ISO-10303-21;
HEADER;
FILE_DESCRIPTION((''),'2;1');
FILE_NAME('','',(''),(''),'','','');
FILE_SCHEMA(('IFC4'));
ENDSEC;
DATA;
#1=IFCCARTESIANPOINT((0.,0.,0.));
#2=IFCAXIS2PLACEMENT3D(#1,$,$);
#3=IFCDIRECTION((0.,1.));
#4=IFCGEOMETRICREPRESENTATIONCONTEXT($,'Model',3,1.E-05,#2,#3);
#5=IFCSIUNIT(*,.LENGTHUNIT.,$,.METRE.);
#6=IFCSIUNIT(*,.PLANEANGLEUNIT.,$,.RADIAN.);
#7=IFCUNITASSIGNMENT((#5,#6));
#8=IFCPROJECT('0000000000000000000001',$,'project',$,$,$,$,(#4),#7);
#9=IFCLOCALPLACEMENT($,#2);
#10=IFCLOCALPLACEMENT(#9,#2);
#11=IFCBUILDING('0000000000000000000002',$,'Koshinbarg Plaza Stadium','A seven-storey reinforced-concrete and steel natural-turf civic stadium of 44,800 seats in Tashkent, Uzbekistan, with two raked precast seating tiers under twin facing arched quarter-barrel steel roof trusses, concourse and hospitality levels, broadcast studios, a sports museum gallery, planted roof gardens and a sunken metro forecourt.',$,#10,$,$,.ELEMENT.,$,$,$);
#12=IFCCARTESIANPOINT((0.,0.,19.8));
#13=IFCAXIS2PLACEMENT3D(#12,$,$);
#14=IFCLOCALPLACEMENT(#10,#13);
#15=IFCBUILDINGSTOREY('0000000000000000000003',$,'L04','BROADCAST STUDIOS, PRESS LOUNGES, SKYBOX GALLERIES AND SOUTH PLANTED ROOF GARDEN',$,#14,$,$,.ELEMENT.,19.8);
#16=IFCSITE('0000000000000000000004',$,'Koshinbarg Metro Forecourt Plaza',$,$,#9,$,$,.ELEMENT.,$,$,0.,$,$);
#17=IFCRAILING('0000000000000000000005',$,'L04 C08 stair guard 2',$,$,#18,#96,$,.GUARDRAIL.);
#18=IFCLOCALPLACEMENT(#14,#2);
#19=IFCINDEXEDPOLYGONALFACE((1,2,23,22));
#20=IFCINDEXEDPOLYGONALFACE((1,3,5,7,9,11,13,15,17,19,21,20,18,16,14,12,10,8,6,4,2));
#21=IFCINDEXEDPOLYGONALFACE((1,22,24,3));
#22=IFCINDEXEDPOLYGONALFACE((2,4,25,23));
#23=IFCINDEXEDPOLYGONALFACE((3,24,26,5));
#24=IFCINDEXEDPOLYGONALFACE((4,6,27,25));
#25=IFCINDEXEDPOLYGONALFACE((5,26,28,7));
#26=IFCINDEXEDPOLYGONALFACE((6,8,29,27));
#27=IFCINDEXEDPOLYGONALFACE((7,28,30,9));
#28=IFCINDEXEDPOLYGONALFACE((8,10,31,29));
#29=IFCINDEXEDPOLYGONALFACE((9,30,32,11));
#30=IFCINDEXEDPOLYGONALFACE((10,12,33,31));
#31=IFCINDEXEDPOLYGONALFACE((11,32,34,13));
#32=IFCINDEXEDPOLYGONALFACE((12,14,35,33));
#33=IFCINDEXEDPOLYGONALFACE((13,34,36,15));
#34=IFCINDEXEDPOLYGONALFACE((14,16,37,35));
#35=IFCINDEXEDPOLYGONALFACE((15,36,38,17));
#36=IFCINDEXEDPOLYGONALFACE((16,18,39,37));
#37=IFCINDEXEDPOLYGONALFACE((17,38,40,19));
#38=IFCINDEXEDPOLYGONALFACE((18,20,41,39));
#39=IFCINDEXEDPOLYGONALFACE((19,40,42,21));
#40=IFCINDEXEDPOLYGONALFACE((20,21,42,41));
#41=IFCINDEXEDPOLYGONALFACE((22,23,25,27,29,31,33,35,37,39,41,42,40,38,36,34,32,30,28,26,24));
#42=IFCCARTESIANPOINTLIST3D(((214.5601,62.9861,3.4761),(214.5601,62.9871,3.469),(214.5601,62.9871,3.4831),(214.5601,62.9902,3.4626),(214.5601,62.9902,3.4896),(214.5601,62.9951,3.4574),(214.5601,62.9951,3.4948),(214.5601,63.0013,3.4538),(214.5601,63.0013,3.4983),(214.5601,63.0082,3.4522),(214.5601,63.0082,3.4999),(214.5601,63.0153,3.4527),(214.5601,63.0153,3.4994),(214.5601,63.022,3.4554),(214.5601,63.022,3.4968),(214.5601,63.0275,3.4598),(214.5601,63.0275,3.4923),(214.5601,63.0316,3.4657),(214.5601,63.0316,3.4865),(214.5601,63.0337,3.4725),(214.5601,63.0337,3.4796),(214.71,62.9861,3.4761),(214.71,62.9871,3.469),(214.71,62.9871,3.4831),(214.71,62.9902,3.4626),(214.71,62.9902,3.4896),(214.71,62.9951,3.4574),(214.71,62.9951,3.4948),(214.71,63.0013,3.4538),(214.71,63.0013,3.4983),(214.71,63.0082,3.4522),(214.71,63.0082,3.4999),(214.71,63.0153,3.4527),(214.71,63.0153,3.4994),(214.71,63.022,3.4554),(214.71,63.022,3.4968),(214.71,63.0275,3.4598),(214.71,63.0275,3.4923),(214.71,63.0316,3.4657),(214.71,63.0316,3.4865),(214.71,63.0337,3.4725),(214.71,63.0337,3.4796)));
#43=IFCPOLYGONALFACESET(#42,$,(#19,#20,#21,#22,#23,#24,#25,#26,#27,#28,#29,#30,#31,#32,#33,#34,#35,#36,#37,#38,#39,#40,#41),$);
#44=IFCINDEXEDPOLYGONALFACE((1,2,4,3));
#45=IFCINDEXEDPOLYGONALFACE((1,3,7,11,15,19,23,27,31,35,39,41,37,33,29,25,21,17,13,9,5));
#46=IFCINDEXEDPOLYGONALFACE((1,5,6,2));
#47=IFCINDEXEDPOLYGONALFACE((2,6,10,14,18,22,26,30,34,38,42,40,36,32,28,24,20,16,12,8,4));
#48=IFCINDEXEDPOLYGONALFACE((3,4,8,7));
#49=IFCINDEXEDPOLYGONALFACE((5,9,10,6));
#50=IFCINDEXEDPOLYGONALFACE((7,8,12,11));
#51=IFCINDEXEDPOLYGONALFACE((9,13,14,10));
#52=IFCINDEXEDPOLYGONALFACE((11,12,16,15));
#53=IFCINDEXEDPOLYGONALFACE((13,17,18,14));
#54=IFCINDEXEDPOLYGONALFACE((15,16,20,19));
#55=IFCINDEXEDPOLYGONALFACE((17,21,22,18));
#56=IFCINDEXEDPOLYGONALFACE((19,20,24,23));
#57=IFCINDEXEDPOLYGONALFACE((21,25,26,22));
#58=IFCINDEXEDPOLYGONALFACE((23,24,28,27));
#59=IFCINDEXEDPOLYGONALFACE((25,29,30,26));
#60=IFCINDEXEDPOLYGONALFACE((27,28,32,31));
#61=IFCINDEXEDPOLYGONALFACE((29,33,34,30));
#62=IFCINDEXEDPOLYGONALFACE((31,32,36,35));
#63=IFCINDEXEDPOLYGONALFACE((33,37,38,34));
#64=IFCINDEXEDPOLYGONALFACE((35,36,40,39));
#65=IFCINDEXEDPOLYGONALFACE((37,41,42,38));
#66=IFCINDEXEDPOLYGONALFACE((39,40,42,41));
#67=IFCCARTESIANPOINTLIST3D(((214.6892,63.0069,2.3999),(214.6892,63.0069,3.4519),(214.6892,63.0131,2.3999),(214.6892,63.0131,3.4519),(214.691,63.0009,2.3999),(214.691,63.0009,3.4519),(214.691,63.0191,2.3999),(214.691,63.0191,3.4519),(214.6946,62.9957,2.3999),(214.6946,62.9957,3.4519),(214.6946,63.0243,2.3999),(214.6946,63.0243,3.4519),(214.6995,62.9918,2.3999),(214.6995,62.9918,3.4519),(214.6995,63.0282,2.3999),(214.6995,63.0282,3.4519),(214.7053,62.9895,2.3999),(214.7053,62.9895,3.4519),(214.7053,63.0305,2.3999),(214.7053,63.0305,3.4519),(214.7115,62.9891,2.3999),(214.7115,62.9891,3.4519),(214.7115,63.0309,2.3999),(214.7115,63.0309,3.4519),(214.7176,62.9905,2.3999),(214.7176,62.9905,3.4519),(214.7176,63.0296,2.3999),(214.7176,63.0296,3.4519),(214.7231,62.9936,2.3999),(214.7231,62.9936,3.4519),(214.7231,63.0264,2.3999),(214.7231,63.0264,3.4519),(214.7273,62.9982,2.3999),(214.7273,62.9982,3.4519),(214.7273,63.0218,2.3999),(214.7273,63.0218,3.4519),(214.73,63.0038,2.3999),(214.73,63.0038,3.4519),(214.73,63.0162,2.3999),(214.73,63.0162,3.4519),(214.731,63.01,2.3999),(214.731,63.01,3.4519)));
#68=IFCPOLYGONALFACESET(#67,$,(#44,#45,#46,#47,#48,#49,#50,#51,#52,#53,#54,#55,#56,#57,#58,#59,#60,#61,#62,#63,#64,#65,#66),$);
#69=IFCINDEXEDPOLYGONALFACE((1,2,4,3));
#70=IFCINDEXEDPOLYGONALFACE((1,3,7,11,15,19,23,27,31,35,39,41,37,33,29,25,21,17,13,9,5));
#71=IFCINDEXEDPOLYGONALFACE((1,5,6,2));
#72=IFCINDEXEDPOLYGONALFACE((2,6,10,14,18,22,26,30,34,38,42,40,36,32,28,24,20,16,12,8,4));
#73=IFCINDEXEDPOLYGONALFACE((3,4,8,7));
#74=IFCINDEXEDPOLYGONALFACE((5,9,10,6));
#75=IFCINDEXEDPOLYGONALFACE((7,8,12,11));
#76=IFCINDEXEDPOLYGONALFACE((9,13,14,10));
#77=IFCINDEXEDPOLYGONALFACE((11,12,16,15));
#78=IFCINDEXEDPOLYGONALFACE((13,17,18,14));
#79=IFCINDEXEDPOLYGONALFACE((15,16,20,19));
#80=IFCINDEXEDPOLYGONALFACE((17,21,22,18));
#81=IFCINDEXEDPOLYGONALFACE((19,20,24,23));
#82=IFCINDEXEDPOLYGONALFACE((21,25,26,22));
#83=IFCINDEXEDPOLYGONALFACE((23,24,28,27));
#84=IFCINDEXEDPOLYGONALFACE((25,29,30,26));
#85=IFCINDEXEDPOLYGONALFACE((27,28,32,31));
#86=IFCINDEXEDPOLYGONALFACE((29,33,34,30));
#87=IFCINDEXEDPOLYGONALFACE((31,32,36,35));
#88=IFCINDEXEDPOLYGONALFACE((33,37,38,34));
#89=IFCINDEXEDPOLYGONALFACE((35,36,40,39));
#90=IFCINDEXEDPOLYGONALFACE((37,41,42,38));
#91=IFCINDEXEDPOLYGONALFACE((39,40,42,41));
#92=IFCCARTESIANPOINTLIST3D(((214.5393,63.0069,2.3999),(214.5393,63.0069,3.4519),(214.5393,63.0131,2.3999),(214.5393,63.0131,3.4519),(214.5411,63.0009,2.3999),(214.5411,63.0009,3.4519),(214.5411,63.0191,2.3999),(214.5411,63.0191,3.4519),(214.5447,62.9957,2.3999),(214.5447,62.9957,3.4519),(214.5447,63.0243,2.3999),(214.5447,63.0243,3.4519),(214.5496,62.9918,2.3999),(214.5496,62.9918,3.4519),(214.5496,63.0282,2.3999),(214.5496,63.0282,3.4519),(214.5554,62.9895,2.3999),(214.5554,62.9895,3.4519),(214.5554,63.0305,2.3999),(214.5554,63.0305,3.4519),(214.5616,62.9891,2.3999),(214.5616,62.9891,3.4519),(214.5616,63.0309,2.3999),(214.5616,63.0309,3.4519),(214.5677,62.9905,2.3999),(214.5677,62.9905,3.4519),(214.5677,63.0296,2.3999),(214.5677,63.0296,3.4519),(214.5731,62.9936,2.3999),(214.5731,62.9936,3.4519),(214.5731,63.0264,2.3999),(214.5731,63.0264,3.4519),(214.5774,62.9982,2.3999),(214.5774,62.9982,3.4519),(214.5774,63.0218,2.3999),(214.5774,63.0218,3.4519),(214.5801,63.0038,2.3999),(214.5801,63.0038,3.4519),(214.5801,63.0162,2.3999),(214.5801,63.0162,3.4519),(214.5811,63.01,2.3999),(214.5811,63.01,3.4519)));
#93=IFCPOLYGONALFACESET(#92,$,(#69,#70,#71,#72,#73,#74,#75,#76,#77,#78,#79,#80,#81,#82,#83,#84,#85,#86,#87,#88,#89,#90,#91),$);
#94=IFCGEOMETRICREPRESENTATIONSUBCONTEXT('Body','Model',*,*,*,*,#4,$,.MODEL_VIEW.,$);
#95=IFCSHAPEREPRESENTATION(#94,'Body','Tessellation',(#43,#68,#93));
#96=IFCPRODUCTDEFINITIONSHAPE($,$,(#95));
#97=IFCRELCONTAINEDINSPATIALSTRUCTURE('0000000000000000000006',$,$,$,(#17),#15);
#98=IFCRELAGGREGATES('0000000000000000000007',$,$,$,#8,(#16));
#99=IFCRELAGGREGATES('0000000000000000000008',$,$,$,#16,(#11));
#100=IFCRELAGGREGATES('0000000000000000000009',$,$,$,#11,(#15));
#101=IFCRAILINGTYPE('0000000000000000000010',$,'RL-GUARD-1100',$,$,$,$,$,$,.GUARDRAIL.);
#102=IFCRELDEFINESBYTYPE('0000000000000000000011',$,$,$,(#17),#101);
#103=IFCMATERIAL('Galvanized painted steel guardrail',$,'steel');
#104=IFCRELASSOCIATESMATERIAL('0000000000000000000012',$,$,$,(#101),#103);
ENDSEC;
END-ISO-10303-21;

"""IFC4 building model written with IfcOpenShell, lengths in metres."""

from ifc_helpers import new_model, si_unit, direction, frame, origin, origin_2d, place, context, subcontext, project, spatial, circle, extrude, material, type_object, element, save


model = new_model("IFC4")

# Units and contexts
model_context = context("Model", 3, precision=1e-05, world=origin(), true_north=direction((0.0, 1.0)))
body_context = subcontext(model_context, "Body", "Model", "MODEL_VIEW")
ifc_project = project(units=[si_unit("LENGTHUNIT", "METRE"), si_unit("PLANEANGLEUNIT", "RADIAN")], contexts=[model_context])

# Site, building, storey
site_placement = place(None, origin())
site = spatial("IfcSite", under=ifc_project, at=site_placement, Name="Koshinbarg Metro Forecourt Plaza", CompositionType="ELEMENT", RefElevation=0.0)
building_placement = place(site_placement, origin())
building = spatial("IfcBuilding", under=site, at=building_placement, Name="Koshinbarg Plaza Stadium", Description="A seven-storey reinforced-concrete and steel natural-turf civic stadium of 44,800 seats in Tashkent, Uzbekistan, with two raked precast seating tiers under twin facing arched quarter-barrel steel roof trusses, concourse and hospitality levels, broadcast studios, a sports museum gallery, planted roof gardens and a sunken metro forecourt.", CompositionType="ELEMENT")
storey_placement = place(building_placement, frame((0.0, 0.0, 19.8)))
storey = spatial("IfcBuildingStorey", under=building, at=storey_placement, Name="L04", Description="BROADCAST STUDIOS, PRESS LOUNGES, SKYBOX GALLERIES AND SOUTH PLANTED ROOF GARDEN", CompositionType="ELEMENT", Elevation=19.8)

# Railing
ifc_material_1 = material(Name="Galvanized painted steel guardrail", Category="steel")
railing_type = type_object("IfcRailingType", Name="RL-GUARD-1100", PredefinedType="GUARDRAIL", material=ifc_material_1)
railing_1_placement = place(storey_placement, frame((214.71, 63.01, 2.3999)))
element("IfcRailing", 1, at=railing_1_placement, inside=storey, type_object=railing_type, Name="L04 C08 stair guard 2", PredefinedType="GUARDRAIL", context=body_context, shape_type="SweptSolid", body=[
    extrude(circle(Radius=0.0239, at=origin_2d()), frame((0.0, 0.0, 1.0762), z_axis=(-1.0, 0.0, 0.0), x_axis=(0.0, -1.0, 0.0)), (0.0, 0.0, 1.0), 0.1499),
    extrude(circle(Radius=0.021, at=origin_2d()), origin(), (0.0, 0.0, 1.0), 1.052),
    extrude(circle(Radius=0.021, at=origin_2d()), frame((-0.1499, 0.0, 0.0)), (0.0, 0.0, 1.0), 1.052),
])

save(model, "model.ifc")
